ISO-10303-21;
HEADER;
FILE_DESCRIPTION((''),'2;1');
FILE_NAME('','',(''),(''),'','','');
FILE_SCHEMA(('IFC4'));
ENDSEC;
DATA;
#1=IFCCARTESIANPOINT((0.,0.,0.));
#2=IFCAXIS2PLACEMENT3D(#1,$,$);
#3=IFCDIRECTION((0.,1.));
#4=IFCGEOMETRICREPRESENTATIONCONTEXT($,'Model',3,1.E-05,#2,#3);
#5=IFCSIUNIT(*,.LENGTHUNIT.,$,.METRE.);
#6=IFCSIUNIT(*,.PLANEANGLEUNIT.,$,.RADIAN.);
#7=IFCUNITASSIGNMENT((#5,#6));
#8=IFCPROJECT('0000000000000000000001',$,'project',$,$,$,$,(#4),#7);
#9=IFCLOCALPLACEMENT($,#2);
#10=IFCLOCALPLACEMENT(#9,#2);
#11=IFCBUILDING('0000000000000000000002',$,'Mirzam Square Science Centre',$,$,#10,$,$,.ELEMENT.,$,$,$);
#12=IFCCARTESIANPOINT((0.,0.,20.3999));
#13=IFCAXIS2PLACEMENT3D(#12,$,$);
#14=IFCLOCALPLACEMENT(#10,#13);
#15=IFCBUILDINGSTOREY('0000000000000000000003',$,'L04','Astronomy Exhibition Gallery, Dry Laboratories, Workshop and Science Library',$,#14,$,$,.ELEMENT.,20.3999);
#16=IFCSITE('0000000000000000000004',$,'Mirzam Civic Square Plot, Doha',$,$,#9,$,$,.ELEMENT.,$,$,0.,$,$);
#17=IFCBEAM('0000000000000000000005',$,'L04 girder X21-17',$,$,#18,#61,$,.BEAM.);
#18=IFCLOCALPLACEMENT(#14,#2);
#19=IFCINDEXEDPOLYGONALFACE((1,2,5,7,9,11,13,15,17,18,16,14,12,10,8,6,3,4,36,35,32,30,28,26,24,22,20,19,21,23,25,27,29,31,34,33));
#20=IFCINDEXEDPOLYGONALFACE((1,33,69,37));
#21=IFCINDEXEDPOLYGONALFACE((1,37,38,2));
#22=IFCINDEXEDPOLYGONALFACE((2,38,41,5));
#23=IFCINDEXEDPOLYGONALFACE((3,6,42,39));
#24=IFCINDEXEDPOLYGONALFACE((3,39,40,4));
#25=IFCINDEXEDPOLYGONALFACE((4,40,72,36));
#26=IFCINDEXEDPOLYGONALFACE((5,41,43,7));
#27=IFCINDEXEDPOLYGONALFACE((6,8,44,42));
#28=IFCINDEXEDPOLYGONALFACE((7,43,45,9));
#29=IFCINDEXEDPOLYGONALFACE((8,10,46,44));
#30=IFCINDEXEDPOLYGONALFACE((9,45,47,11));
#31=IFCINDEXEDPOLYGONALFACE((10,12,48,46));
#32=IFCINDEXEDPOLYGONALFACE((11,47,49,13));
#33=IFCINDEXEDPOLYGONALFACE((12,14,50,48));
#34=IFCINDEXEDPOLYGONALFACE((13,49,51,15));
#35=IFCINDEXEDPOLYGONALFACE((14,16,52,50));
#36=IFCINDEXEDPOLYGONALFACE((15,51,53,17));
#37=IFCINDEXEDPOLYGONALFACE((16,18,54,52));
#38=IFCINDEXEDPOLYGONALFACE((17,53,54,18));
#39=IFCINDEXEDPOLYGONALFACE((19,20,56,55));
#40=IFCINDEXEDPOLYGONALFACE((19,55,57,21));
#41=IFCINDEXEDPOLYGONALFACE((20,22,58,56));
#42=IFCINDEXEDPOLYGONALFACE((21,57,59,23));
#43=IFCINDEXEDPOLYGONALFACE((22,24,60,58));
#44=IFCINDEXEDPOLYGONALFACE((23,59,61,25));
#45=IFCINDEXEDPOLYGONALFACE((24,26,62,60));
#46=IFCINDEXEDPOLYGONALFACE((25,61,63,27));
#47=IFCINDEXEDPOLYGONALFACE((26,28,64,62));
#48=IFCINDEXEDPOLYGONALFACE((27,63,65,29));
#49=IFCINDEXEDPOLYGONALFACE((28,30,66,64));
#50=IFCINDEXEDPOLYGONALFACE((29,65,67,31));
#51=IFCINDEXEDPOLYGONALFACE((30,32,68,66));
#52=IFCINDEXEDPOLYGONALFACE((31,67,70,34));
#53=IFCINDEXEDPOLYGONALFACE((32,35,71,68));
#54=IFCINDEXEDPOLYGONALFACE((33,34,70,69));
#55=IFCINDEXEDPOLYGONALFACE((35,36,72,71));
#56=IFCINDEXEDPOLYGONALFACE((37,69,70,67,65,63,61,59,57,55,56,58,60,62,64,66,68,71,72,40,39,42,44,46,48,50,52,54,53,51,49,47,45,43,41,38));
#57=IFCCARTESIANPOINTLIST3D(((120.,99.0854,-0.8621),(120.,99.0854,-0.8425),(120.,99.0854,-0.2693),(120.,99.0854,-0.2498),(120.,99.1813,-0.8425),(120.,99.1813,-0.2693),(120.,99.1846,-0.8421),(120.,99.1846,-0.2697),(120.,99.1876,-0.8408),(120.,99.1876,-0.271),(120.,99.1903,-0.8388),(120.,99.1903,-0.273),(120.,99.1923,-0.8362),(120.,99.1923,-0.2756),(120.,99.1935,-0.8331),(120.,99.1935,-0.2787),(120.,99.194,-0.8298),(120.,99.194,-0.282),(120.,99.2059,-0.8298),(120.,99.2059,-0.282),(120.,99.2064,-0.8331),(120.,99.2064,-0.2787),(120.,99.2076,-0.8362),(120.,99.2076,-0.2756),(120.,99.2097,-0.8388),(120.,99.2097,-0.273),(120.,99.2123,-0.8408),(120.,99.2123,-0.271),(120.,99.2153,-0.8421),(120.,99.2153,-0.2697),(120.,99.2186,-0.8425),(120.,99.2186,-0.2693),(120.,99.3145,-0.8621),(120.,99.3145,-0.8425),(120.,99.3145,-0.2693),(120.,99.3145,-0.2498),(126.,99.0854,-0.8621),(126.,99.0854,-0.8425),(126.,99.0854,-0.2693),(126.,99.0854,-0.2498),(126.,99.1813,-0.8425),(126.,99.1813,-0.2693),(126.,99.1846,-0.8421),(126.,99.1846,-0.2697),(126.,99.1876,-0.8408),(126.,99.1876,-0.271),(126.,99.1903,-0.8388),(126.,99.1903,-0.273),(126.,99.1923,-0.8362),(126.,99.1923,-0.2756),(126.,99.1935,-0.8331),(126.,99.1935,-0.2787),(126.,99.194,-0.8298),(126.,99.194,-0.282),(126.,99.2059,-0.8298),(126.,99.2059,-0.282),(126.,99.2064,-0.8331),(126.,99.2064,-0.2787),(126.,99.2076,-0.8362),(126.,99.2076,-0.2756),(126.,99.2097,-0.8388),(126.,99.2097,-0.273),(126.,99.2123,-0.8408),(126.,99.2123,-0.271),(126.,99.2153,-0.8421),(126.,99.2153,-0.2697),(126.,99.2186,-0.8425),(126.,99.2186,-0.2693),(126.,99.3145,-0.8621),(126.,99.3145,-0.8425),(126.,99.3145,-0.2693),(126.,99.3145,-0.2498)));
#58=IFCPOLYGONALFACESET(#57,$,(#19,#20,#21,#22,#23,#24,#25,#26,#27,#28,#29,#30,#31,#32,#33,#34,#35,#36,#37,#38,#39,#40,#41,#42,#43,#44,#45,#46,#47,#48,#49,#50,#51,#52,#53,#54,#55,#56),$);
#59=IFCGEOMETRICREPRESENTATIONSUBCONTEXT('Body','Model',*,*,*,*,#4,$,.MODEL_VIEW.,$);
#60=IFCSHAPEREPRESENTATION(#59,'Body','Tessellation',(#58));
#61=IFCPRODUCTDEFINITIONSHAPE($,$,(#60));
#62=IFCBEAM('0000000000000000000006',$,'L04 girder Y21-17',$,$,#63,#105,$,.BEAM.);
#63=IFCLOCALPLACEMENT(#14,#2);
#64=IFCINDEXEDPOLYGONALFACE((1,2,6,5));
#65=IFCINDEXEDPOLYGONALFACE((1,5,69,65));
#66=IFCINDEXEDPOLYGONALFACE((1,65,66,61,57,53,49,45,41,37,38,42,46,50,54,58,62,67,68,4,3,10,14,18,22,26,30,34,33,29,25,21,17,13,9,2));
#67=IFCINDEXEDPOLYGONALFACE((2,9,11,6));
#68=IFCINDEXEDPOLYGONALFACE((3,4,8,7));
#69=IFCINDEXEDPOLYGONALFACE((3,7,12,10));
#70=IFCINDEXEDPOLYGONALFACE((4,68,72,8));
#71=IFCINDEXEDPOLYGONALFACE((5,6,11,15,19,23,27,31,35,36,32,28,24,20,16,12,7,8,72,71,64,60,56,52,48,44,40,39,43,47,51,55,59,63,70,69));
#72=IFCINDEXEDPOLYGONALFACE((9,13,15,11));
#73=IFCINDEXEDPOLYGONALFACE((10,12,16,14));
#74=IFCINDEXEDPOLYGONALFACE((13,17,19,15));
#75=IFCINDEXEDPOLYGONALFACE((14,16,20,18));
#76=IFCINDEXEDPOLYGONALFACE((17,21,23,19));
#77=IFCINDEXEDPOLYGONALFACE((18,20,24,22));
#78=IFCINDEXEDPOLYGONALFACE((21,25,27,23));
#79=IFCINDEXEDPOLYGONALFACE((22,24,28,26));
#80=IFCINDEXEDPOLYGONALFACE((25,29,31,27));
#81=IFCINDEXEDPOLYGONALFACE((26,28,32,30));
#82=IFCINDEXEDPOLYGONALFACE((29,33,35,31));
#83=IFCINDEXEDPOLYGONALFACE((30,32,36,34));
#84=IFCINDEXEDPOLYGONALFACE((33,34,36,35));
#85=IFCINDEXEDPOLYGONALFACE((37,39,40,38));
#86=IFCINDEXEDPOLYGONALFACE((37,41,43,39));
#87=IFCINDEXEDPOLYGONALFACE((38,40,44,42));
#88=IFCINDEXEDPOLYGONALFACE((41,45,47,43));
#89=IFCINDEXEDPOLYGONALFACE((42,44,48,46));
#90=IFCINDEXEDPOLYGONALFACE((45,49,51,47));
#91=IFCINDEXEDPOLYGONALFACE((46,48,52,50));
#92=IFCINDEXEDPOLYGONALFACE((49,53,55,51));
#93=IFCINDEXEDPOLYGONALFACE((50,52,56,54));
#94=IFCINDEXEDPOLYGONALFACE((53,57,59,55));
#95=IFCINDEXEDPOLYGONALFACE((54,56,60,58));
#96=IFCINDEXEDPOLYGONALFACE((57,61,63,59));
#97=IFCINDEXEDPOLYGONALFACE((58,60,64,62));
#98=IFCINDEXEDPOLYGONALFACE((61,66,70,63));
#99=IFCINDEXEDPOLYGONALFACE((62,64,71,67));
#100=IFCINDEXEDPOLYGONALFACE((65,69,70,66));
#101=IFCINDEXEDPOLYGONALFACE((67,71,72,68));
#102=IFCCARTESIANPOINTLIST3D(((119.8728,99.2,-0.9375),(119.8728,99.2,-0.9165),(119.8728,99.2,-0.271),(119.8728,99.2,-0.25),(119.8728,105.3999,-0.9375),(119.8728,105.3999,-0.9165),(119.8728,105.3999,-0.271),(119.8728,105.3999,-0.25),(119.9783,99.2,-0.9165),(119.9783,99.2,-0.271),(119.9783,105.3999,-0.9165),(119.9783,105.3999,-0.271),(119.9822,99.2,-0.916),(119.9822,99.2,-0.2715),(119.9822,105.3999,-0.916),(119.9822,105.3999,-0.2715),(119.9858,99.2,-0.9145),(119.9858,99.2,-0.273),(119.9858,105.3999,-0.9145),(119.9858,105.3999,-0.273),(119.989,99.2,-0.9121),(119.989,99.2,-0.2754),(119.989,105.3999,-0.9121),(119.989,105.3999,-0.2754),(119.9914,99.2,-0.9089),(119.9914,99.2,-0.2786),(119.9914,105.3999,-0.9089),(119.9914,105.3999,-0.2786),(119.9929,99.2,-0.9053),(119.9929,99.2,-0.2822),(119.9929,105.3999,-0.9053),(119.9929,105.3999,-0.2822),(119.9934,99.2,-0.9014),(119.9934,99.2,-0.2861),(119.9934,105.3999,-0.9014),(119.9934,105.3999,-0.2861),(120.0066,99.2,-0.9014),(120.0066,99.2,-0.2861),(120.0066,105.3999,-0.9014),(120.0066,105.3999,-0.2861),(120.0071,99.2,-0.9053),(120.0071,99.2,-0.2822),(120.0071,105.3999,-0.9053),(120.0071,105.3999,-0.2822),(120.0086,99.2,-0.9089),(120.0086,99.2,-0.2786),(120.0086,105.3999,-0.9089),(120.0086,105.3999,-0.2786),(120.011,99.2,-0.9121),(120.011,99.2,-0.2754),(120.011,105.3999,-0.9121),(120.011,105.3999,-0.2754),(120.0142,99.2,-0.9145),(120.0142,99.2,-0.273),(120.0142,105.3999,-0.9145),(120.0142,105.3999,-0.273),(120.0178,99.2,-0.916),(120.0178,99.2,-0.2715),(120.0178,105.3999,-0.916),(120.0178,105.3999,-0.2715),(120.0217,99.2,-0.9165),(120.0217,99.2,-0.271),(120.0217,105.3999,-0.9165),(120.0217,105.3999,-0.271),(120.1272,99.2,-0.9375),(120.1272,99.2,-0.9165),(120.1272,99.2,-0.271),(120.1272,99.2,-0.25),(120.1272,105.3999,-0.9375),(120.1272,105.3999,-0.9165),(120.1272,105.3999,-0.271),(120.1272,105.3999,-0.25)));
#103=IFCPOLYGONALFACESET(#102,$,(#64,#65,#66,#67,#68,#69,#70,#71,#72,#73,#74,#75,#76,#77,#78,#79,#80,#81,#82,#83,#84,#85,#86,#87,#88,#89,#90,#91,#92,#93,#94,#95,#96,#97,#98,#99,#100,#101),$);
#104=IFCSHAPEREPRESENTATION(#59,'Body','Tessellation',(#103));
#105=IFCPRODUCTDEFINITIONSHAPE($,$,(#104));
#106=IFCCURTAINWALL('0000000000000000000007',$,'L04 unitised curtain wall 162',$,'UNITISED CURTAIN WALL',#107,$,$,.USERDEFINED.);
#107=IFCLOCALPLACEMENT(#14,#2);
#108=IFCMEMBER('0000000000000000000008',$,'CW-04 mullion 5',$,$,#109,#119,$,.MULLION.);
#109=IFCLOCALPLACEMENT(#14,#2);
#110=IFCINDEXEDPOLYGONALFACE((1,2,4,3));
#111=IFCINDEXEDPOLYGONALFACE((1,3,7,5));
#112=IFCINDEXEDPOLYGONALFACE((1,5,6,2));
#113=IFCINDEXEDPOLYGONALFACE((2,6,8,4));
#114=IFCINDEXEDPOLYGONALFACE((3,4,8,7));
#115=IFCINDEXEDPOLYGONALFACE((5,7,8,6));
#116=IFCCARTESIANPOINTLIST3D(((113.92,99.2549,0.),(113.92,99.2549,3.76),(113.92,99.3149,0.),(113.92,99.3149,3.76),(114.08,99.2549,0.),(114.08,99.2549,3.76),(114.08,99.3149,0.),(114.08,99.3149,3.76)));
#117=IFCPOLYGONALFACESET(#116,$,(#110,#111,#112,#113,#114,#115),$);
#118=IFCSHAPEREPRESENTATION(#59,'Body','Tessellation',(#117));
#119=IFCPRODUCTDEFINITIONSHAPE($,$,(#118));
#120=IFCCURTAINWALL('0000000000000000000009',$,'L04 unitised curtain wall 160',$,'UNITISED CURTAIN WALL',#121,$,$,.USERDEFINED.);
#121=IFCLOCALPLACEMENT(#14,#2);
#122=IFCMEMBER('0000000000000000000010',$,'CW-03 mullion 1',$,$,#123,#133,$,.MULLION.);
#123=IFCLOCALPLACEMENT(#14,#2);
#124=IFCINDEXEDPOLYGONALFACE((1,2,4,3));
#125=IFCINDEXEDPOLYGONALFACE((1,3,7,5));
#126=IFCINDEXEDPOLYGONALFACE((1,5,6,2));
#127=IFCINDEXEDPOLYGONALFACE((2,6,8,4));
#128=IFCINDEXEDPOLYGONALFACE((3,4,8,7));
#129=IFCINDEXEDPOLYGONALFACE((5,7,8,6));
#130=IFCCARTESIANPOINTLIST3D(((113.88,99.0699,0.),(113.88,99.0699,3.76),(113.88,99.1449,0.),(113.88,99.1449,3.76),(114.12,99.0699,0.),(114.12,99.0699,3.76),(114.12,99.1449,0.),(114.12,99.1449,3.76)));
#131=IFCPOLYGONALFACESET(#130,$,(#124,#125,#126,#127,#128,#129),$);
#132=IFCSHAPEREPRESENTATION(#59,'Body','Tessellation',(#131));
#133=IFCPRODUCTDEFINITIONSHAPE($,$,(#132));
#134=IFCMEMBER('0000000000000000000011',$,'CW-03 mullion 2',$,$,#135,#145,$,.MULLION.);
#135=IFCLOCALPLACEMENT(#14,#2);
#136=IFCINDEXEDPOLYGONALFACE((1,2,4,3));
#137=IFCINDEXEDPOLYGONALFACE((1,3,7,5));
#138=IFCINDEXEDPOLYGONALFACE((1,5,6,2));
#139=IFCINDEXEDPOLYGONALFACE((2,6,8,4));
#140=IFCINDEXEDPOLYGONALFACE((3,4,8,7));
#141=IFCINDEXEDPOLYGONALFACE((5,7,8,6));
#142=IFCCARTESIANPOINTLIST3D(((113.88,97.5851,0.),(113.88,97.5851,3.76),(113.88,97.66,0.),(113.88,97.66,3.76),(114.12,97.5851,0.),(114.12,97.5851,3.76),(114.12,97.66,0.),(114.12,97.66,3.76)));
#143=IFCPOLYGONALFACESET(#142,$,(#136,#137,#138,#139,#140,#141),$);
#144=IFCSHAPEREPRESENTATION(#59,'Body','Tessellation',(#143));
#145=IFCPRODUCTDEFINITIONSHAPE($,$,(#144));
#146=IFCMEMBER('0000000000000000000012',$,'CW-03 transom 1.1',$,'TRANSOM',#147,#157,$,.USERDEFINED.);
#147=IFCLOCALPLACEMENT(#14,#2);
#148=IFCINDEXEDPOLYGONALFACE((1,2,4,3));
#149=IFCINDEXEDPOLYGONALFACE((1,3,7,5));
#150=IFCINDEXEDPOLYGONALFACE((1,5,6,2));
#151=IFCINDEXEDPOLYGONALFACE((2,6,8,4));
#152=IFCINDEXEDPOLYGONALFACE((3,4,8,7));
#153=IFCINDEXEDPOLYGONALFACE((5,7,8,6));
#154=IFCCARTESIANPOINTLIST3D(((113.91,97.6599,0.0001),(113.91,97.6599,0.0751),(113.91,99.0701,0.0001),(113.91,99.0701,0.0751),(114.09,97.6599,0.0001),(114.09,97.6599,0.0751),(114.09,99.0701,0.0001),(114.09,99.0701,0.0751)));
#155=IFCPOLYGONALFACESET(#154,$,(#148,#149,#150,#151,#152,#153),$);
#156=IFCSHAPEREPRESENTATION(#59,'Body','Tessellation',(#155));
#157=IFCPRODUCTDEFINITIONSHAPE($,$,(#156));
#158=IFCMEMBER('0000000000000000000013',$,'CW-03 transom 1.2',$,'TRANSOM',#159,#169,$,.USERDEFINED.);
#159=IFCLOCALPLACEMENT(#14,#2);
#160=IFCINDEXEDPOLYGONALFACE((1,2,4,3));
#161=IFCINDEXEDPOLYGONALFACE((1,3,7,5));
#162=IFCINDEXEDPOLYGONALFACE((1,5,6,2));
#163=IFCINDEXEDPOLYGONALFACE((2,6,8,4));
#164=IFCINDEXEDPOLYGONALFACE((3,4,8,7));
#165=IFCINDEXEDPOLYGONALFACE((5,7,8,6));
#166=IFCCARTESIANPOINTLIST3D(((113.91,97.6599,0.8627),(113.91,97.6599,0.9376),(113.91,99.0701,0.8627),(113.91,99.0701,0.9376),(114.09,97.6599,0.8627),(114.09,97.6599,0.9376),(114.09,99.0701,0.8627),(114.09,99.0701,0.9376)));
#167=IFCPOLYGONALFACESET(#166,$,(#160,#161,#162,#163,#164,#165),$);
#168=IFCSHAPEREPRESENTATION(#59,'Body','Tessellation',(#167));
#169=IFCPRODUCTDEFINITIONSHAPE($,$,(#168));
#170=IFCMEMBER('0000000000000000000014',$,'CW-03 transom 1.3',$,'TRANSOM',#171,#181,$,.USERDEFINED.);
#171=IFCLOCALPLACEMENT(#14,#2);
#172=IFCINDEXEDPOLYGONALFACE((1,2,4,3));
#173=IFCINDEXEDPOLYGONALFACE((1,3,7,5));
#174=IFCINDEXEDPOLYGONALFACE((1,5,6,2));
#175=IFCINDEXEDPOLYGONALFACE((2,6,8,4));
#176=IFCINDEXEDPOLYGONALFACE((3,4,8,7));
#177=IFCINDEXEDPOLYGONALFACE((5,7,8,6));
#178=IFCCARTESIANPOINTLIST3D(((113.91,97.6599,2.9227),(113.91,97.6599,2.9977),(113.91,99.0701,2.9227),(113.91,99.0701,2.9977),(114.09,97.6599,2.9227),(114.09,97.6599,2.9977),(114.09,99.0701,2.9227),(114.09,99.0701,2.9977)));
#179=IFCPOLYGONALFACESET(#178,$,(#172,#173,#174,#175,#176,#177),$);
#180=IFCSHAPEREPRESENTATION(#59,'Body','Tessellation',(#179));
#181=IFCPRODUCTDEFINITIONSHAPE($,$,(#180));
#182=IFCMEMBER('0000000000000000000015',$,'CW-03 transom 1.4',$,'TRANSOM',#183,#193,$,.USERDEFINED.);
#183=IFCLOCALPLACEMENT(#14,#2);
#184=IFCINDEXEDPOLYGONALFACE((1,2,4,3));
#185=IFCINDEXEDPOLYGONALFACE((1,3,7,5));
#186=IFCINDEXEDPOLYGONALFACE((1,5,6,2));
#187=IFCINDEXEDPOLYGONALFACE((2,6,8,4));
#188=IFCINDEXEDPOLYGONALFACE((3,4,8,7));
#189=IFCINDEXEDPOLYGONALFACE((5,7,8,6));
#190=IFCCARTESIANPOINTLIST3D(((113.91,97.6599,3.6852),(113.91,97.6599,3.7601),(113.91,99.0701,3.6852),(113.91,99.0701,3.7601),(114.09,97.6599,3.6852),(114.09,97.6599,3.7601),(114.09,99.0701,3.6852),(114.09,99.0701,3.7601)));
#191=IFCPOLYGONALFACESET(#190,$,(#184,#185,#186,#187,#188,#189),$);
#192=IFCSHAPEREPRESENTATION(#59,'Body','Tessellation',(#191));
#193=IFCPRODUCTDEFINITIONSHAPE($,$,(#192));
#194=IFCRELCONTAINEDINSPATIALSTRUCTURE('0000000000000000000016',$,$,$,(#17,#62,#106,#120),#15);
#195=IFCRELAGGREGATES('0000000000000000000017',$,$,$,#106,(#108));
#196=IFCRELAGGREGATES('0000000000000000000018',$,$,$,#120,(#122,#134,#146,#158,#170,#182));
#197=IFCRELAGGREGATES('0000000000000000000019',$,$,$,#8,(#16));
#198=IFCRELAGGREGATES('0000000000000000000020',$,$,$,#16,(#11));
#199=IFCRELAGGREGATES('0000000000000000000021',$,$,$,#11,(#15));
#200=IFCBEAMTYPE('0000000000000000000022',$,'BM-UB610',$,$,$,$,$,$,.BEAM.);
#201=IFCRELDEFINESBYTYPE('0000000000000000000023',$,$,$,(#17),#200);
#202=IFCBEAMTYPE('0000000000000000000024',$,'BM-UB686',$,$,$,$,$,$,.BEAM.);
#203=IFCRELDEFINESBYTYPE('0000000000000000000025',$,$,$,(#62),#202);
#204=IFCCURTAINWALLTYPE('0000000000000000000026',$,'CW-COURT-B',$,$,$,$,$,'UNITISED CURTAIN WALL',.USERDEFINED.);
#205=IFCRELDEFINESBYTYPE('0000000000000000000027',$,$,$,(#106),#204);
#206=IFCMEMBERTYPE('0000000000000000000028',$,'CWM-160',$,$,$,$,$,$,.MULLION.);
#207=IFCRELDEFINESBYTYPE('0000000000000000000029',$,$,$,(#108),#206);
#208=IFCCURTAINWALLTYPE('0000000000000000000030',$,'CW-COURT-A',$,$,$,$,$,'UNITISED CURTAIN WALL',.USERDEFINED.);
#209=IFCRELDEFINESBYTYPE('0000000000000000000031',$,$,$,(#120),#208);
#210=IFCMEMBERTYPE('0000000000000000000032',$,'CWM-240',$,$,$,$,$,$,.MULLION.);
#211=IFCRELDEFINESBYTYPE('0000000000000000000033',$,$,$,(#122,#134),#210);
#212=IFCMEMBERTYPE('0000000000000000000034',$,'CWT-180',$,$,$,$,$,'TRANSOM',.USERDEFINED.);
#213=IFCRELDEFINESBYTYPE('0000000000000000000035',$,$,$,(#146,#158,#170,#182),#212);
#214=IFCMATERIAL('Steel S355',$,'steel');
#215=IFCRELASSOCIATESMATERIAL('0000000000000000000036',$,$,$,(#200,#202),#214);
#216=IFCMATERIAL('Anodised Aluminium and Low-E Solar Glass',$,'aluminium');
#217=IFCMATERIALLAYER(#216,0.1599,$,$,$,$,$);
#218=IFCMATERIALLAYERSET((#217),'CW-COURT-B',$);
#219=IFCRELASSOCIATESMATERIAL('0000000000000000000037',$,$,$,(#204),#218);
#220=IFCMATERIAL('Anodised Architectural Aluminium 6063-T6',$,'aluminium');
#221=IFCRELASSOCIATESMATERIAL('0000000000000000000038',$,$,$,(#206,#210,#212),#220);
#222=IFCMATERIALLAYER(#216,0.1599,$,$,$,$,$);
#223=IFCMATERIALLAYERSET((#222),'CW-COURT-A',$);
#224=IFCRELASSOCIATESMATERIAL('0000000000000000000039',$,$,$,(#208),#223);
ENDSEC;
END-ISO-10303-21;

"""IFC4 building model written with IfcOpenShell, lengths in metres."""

from ifc_helpers import new_model, si_unit, direction, frame, origin, origin_2d, place, context, subcontext, project, spatial, rectangle, i_section, extrude, material, layer, layer_set, material_profile, profile_set, type_object, element, aggregate, save


model = new_model("IFC4")

# Units and contexts
model_context = context("Model", 3, precision=1e-05, world=origin(), true_north=direction((0.0, 1.0)))
body_context = subcontext(model_context, "Body", "Model", "MODEL_VIEW")
ifc_project = project(units=[si_unit("LENGTHUNIT", "METRE"), si_unit("PLANEANGLEUNIT", "RADIAN")], contexts=[model_context])

# Site, building, storey
site_placement = place(None, origin())
site = spatial("IfcSite", under=ifc_project, at=site_placement, Name="Mirzam Civic Square Plot, Doha", CompositionType="ELEMENT", RefElevation=0.0)
building_placement = place(site_placement, origin())
building = spatial("IfcBuilding", under=site, at=building_placement, Name="Mirzam Square Science Centre", CompositionType="ELEMENT")
storey_placement = place(building_placement, frame((0.0, 0.0, 20.3999)))
storey = spatial("IfcBuildingStorey", under=building, at=storey_placement, Name="L04", Description="Astronomy Exhibition Gallery, Dry Laboratories, Workshop and Science Library", CompositionType="ELEMENT", Elevation=20.3999)

# Shared definitions
ifc_material_1 = material(Name="Steel S355", Category="steel")

# Beams
ifc_material_profile_1 = material_profile(ifc_material_1, i_section(OverallWidth=0.229, OverallDepth=0.6123, WebThickness=0.012, FlangeThickness=0.0195, FilletRadius=0.0127, at=origin_2d()), Name="610x229x125UB")
ifc_profile_set_1 = profile_set([ifc_material_profile_1], Name="Steel S355")
beam_type_1 = type_object("IfcBeamType", Name="BM-UB610", PredefinedType="BEAM", material=ifc_profile_set_1)
beam_1_placement = place(storey_placement, frame((120.0, 99.2, -0.5559), z_axis=(1.0, 0.0, 0.0), x_axis=(0.0, 1.0, 0.0)))
element("IfcBeam", 1, at=beam_1_placement, inside=storey, type_object=beam_type_1, Name="L04 girder X21-17", PredefinedType="BEAM", context=body_context, shape_type="SweptSolid", body=[
    extrude(i_section(OverallWidth=0.229, OverallDepth=0.6123, WebThickness=0.012, FlangeThickness=0.0195, FilletRadius=0.0127, at=origin_2d()), origin(), (0.0, 0.0, 1.0), 6.0),
])
ifc_material_profile_2 = material_profile(ifc_material_1, i_section(OverallWidth=0.2544, OverallDepth=0.6875, WebThickness=0.0132, FlangeThickness=0.021, FilletRadius=0.0151, at=origin_2d()), Name="686x254x152UB")
ifc_profile_set_2 = profile_set([ifc_material_profile_2], Name="Steel S355")
beam_type_2 = type_object("IfcBeamType", Name="BM-UB686", PredefinedType="BEAM", material=ifc_profile_set_2)
beam_2_placement = place(storey_placement, frame((120.0, 99.2, -0.5938), z_axis=(0.0, 1.0, 0.0), x_axis=(-1.0, 0.0, 0.0)))
element("IfcBeam", 2, at=beam_2_placement, inside=storey, type_object=beam_type_2, Name="L04 girder Y21-17", PredefinedType="BEAM", context=body_context, shape_type="SweptSolid", body=[
    extrude(i_section(OverallWidth=0.2544, OverallDepth=0.6875, WebThickness=0.0132, FlangeThickness=0.021, FilletRadius=0.0151, at=origin_2d()), origin(), (0.0, 0.0, 1.0), 6.2),
])

# Curtain wall, member
ifc_material_2 = material(Name="Anodised Aluminium and Low-E Solar Glass", Category="aluminium")
ifc_layer_1 = layer(ifc_material_2, 0.1599)
ifc_layer_set_1 = layer_set([ifc_layer_1], Name="CW-COURT-B")
curtain_wall_type_1 = type_object("IfcCurtainWallType", Name="CW-COURT-B", ElementType="UNITISED CURTAIN WALL", PredefinedType="USERDEFINED", material=ifc_layer_set_1)
curtain_wall_1_placement = place(storey_placement, origin())
curtain_wall_1 = element("IfcCurtainWall", 3, at=curtain_wall_1_placement, inside=storey, type_object=curtain_wall_type_1, Name="L04 unitised curtain wall 162", ObjectType="UNITISED CURTAIN WALL", PredefinedType="USERDEFINED")
ifc_material_3 = material(Name="Anodised Architectural Aluminium 6063-T6", Category="aluminium")
ifc_material_profile_3 = material_profile(ifc_material_3, rectangle(XDim=0.0601, YDim=0.1599, at=origin_2d()), Name="ALU-MULL-160x60x4")
ifc_profile_set_3 = profile_set([ifc_material_profile_3], Name="Anodised Architectural Aluminium 6063-T6")
member_type_1 = type_object("IfcMemberType", Name="CWM-160", PredefinedType="MULLION", material=ifc_profile_set_3)
member_1_placement = place(storey_placement, frame((114.0, 99.2849, 0.0), z_axis=(0.0, 0.0, 1.0), x_axis=(0.0, -1.0, 0.0)))
member_1 = element("IfcMember", 4, at=member_1_placement, type_object=member_type_1, Name="CW-04 mullion 5", PredefinedType="MULLION", context=body_context, shape_type="SweptSolid", body=[
    extrude(rectangle(XDim=0.0601, YDim=0.1599, at=origin_2d()), origin(), (0.0, 0.0, 1.0), 3.76),
])

# Curtain wall, members
ifc_layer_2 = layer(ifc_material_2, 0.1599)
ifc_layer_set_2 = layer_set([ifc_layer_2], Name="CW-COURT-A")
curtain_wall_type_2 = type_object("IfcCurtainWallType", Name="CW-COURT-A", ElementType="UNITISED CURTAIN WALL", PredefinedType="USERDEFINED", material=ifc_layer_set_2)
curtain_wall_2_placement = place(storey_placement, origin())
curtain_wall_2 = element("IfcCurtainWall", 5, at=curtain_wall_2_placement, inside=storey, type_object=curtain_wall_type_2, Name="L04 unitised curtain wall 160", ObjectType="UNITISED CURTAIN WALL", PredefinedType="USERDEFINED")
ifc_material_profile_4 = material_profile(ifc_material_3, rectangle(XDim=0.075, YDim=0.24, at=origin_2d()), Name="ALU-MULL-240x75x5")
ifc_profile_set_4 = profile_set([ifc_material_profile_4], Name="Anodised Architectural Aluminium 6063-T6")
member_type_2 = type_object("IfcMemberType", Name="CWM-240", PredefinedType="MULLION", material=ifc_profile_set_4)
member_2_placement = place(storey_placement, frame((114.0, 99.1074, 0.0), z_axis=(0.0, 0.0, 1.0), x_axis=(0.0, -1.0, 0.0)))
member_2 = element("IfcMember", 6, at=member_2_placement, type_object=member_type_2, Name="CW-03 mullion 1", PredefinedType="MULLION", context=body_context, shape_type="SweptSolid", body=[
    extrude(rectangle(XDim=0.075, YDim=0.24, at=origin_2d()), origin(), (0.0, 0.0, 1.0), 3.76),
])
member_3_placement = place(storey_placement, frame((114.0, 97.6226, 0.0), z_axis=(0.0, 0.0, 1.0), x_axis=(0.0, -1.0, 0.0)))
member_3 = element("IfcMember", 7, at=member_3_placement, type_object=member_type_2, Name="CW-03 mullion 2", PredefinedType="MULLION", context=body_context, shape_type="SweptSolid", body=[
    extrude(rectangle(XDim=0.075, YDim=0.24, at=origin_2d()), origin(), (0.0, 0.0, 1.0), 3.76),
])
ifc_material_profile_5 = material_profile(ifc_material_3, rectangle(XDim=0.1799, YDim=0.075, at=origin_2d()), Name="ALU-TRAN-180x75x5")
ifc_profile_set_5 = profile_set([ifc_material_profile_5], Name="Anodised Architectural Aluminium 6063-T6")
member_type_3 = type_object("IfcMemberType", Name="CWT-180", ElementType="TRANSOM", PredefinedType="USERDEFINED", material=ifc_profile_set_5)
member_4_placement = place(storey_placement, frame((114.0, 99.0701, 0.0376), z_axis=(0.0, -1.0, 0.0), x_axis=(1.0, 0.0, 0.0)))
member_4 = element("IfcMember", 8, at=member_4_placement, type_object=member_type_3, Name="CW-03 transom 1.1", ObjectType="TRANSOM", PredefinedType="USERDEFINED", context=body_context, shape_type="SweptSolid", body=[
    extrude(rectangle(XDim=0.1799, YDim=0.075, at=origin_2d()), origin(), (0.0, 0.0, 1.0), 1.4102),
])
member_5_placement = place(storey_placement, frame((114.0, 99.0701, 0.9001), z_axis=(0.0, -1.0, 0.0), x_axis=(1.0, 0.0, 0.0)))
member_5 = element("IfcMember", 9, at=member_5_placement, type_object=member_type_3, Name="CW-03 transom 1.2", ObjectType="TRANSOM", PredefinedType="USERDEFINED", context=body_context, shape_type="SweptSolid", body=[
    extrude(rectangle(XDim=0.1799, YDim=0.075, at=origin_2d()), origin(), (0.0, 0.0, 1.0), 1.4102),
])
member_6_placement = place(storey_placement, frame((114.0, 99.0701, 2.9602), z_axis=(0.0, -1.0, 0.0), x_axis=(1.0, 0.0, 0.0)))
member_6 = element("IfcMember", 10, at=member_6_placement, type_object=member_type_3, Name="CW-03 transom 1.3", ObjectType="TRANSOM", PredefinedType="USERDEFINED", context=body_context, shape_type="SweptSolid", body=[
    extrude(rectangle(XDim=0.1799, YDim=0.075, at=origin_2d()), origin(), (0.0, 0.0, 1.0), 1.4102),
])
member_7_placement = place(storey_placement, frame((114.0, 99.0701, 3.7227), z_axis=(0.0, -1.0, 0.0), x_axis=(1.0, 0.0, 0.0)))
member_7 = element("IfcMember", 11, at=member_7_placement, type_object=member_type_3, Name="CW-03 transom 1.4", ObjectType="TRANSOM", PredefinedType="USERDEFINED", context=body_context, shape_type="SweptSolid", body=[
    extrude(rectangle(XDim=0.1799, YDim=0.075, at=origin_2d()), origin(), (0.0, 0.0, 1.0), 1.4102),
])

aggregate(curtain_wall_1, [member_1])
aggregate(curtain_wall_2, [member_2, member_3, member_4, member_5, member_6, member_7])

save(model, "model.ifc")
